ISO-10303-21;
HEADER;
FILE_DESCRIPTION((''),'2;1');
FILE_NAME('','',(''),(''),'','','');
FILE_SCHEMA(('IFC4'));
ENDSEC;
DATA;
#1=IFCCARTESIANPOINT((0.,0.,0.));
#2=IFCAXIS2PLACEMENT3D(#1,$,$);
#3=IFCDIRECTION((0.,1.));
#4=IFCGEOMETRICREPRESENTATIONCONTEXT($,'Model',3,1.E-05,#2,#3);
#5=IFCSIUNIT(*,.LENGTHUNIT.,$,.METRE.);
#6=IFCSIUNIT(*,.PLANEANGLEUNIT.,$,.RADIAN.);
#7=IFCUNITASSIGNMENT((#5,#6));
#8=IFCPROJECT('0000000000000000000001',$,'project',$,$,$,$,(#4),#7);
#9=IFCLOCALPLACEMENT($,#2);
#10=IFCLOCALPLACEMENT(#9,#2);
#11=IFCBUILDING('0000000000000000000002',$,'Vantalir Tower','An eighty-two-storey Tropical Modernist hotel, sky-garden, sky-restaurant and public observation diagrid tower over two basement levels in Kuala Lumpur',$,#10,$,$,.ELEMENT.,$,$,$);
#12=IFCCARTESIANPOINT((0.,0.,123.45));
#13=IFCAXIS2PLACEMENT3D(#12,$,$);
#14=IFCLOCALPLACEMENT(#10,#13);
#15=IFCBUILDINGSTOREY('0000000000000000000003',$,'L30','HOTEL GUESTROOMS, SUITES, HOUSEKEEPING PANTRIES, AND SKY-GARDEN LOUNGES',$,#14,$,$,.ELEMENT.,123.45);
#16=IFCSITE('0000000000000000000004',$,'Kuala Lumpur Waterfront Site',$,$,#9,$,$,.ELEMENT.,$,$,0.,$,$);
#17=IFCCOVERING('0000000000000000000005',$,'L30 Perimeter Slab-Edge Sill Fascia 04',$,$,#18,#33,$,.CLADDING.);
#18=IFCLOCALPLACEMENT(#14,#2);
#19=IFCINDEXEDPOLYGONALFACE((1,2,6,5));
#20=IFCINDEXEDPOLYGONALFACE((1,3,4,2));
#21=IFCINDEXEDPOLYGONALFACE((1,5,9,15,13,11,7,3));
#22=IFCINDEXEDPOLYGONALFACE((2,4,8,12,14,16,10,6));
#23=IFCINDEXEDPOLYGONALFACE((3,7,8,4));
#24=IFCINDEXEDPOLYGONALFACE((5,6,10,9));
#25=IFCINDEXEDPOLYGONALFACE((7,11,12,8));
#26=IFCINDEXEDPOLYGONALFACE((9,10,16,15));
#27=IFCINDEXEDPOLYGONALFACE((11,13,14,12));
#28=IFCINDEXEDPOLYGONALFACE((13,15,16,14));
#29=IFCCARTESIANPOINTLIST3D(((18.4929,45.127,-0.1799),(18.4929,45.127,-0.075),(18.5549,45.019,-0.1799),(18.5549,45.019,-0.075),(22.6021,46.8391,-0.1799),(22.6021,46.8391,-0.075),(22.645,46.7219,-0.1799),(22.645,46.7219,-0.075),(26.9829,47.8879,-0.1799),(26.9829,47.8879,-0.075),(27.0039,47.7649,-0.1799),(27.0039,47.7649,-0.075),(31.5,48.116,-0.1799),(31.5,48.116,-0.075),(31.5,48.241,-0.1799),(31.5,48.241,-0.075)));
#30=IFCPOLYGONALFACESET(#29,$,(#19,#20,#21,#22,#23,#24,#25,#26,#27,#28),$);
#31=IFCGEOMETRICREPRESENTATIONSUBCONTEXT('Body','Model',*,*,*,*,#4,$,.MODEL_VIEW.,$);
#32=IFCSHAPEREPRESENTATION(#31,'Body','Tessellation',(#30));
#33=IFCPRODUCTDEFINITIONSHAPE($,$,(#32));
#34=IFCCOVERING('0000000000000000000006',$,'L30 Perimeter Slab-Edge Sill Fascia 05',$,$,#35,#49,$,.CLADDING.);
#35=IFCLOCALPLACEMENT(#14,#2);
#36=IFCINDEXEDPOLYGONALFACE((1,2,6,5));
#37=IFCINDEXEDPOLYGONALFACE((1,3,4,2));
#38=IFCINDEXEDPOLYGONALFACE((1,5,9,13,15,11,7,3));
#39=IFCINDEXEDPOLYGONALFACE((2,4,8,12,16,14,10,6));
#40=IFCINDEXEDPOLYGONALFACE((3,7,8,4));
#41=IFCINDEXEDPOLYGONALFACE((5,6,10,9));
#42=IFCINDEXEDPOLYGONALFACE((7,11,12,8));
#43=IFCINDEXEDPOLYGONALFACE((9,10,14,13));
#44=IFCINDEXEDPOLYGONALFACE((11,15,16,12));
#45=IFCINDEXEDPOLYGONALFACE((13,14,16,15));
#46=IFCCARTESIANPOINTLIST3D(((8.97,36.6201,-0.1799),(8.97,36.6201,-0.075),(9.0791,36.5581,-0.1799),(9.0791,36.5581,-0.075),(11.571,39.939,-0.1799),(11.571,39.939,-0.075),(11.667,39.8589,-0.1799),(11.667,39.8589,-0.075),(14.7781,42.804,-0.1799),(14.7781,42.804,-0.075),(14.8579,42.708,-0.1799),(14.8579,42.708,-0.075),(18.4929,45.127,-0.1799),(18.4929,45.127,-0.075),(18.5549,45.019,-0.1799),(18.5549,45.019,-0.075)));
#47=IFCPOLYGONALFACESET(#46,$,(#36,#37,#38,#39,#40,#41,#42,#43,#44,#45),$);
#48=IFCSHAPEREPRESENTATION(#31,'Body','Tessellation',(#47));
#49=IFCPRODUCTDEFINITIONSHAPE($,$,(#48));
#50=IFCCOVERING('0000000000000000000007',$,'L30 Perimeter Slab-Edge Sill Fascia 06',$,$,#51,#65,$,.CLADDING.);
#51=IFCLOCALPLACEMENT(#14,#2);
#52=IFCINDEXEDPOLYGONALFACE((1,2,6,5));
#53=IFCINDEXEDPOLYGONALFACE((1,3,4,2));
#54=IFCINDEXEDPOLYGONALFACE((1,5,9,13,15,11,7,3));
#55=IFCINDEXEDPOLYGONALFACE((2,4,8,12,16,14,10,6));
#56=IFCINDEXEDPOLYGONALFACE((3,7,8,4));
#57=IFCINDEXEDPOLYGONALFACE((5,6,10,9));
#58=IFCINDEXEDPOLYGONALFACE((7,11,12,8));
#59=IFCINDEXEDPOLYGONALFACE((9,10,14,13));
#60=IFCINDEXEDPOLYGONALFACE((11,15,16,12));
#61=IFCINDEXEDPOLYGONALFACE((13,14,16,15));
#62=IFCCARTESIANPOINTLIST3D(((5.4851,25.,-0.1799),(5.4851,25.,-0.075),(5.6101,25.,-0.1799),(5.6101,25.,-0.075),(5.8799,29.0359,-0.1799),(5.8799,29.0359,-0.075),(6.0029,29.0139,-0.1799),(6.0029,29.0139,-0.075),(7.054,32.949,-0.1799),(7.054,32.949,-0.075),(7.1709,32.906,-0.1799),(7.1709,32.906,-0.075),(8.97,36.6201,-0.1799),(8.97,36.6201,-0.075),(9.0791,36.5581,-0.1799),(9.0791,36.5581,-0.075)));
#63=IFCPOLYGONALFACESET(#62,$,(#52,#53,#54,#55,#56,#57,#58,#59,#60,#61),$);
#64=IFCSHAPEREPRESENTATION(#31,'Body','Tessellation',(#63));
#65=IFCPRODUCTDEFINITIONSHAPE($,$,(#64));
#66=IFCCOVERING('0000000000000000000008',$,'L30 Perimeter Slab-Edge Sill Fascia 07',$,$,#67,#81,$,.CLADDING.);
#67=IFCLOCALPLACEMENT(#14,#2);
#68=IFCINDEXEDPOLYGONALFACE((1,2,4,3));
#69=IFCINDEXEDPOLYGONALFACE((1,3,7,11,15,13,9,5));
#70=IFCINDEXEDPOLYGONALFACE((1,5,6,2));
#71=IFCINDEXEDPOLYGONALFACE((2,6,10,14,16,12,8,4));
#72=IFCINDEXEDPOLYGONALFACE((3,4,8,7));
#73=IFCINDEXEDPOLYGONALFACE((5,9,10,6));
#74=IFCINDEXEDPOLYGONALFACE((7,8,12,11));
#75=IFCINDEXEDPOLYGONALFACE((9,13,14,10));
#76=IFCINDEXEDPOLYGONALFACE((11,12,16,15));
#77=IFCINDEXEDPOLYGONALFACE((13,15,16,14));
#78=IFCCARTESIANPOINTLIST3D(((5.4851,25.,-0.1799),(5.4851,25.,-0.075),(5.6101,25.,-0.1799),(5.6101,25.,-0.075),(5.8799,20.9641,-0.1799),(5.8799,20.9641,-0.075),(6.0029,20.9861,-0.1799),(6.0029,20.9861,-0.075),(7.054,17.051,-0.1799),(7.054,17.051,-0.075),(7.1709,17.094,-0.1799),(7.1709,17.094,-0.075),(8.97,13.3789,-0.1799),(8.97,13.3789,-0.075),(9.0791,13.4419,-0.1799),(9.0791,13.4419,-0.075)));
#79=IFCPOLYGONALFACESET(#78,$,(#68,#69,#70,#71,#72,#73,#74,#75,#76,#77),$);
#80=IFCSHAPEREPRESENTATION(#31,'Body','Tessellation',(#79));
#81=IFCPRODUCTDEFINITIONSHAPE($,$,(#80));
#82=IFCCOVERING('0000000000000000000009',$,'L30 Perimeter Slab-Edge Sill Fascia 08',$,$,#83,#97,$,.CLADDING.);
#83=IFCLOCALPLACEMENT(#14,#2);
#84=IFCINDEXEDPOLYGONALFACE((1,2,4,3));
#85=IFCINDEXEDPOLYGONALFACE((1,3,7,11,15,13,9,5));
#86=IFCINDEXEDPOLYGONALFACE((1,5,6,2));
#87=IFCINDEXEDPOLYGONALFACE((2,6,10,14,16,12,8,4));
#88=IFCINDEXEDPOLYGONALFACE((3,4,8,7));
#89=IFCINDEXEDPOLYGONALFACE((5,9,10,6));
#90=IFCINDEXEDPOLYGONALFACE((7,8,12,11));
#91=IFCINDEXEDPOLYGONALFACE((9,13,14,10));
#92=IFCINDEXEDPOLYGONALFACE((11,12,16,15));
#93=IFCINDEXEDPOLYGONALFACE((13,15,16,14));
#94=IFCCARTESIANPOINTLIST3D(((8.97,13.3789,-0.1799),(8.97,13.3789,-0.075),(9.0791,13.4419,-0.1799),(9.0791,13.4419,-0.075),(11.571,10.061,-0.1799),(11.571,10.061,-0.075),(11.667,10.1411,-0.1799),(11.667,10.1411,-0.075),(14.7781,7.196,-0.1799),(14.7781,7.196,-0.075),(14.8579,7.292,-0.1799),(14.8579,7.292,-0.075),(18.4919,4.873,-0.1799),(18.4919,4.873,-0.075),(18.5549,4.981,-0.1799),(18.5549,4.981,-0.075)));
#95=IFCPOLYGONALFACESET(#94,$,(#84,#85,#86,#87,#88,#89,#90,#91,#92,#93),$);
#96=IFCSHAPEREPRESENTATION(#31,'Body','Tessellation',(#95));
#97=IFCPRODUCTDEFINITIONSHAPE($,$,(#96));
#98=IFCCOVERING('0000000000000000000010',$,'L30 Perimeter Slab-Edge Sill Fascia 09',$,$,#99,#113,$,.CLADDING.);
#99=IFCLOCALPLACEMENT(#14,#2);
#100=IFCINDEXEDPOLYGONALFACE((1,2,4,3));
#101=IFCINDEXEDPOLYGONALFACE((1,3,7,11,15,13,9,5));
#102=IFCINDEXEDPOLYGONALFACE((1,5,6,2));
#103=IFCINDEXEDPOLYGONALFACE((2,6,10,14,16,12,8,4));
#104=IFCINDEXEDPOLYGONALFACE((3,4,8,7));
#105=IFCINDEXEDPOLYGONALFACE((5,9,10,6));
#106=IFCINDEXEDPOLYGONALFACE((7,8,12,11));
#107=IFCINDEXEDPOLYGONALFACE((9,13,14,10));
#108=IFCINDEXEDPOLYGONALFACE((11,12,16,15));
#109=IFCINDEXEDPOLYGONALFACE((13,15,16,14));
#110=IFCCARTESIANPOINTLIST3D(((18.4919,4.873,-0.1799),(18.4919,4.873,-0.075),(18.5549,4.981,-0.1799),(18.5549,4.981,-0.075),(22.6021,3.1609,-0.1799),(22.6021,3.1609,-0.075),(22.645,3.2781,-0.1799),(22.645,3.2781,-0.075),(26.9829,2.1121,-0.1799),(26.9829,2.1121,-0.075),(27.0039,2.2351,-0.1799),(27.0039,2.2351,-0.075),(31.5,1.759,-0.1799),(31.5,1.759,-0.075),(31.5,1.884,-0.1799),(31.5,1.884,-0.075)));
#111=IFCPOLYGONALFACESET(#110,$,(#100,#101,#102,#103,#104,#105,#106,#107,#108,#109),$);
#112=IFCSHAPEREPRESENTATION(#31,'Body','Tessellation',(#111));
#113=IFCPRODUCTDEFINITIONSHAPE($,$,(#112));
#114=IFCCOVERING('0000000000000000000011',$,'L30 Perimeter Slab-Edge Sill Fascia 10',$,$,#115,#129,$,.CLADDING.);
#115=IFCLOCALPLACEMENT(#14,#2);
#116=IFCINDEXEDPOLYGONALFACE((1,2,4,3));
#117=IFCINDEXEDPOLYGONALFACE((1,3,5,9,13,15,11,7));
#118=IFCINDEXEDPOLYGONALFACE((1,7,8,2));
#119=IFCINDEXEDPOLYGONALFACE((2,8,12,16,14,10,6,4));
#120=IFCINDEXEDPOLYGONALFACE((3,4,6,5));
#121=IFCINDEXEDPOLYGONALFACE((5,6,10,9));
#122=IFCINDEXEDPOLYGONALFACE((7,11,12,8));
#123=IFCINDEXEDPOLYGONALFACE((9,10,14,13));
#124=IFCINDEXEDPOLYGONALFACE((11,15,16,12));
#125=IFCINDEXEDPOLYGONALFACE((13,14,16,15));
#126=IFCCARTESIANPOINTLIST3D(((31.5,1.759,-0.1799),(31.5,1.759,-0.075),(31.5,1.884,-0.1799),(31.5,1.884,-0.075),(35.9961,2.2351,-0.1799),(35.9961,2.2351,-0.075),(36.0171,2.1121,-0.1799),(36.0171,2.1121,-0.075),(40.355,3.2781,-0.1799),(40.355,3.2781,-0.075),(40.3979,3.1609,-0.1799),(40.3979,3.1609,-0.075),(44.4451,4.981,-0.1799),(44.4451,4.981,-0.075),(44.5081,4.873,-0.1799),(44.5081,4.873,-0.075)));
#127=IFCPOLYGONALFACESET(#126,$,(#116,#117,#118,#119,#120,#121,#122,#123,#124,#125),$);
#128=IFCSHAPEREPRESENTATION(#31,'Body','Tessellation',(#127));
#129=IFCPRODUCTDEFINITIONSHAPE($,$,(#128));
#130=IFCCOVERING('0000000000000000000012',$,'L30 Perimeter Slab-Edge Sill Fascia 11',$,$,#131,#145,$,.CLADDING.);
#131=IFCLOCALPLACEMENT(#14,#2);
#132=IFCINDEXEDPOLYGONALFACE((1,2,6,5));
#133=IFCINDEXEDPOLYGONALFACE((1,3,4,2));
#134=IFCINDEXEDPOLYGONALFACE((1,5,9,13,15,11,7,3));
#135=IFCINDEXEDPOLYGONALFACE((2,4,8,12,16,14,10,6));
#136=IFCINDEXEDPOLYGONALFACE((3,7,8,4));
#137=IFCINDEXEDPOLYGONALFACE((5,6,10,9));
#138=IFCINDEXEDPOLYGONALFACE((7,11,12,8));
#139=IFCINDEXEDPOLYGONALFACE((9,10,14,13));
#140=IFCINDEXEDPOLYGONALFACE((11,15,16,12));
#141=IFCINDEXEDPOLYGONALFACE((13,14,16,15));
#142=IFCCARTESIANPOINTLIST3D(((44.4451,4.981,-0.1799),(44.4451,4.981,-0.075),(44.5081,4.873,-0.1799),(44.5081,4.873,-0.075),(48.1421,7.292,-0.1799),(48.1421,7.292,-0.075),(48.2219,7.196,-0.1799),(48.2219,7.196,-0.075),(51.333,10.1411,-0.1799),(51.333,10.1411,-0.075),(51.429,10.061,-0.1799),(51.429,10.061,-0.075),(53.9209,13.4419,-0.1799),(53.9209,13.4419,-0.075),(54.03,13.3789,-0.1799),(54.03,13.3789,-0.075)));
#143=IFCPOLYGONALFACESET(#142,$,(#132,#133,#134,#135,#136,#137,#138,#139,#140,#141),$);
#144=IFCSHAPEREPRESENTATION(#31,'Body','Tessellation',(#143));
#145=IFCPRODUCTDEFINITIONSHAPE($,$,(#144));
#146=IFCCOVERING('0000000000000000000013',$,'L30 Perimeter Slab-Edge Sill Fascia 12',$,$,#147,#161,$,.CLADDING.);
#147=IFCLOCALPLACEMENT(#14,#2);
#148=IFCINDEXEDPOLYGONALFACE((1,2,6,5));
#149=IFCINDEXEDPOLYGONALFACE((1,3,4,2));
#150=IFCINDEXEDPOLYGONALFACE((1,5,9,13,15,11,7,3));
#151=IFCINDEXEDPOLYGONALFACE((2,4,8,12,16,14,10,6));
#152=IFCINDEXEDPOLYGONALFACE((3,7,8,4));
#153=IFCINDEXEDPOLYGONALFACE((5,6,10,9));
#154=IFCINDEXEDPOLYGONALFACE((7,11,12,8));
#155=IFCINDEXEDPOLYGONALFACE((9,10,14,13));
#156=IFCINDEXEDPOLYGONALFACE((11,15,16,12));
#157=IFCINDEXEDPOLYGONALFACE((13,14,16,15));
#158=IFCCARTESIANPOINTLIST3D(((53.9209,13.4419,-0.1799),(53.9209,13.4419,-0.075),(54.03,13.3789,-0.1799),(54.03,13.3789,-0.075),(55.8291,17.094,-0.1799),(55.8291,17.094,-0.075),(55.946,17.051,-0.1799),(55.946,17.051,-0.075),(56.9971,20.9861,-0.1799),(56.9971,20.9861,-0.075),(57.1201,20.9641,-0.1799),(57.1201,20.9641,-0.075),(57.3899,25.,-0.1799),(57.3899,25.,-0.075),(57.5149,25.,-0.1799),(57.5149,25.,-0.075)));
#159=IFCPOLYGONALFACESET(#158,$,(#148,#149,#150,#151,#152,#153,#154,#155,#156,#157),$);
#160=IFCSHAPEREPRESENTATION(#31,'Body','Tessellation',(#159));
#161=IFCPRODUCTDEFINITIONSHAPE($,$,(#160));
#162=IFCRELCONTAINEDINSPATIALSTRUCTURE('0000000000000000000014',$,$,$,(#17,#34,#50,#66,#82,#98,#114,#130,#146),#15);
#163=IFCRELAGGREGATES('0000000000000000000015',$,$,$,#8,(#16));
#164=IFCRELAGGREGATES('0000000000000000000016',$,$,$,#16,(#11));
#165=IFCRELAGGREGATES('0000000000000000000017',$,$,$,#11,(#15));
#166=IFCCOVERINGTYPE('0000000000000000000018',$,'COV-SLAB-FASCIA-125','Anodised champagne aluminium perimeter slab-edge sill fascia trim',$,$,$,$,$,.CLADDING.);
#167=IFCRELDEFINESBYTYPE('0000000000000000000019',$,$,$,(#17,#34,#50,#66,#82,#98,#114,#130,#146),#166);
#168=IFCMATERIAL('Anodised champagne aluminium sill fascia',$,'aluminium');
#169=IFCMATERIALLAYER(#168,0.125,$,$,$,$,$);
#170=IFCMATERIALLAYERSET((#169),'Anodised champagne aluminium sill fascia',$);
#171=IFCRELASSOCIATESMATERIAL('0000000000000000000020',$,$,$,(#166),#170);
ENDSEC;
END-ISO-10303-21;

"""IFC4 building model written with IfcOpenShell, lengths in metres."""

from ifc_helpers import new_model, si_unit, direction, frame, origin, place, context, subcontext, project, spatial, polyline, outline, extrude, material, layer, layer_set, type_object, element, save


model = new_model("IFC4")

# Units and contexts
model_context = context("Model", 3, precision=1e-05, world=origin(), true_north=direction((0.0, 1.0)))
body_context = subcontext(model_context, "Body", "Model", "MODEL_VIEW")
ifc_project = project(units=[si_unit("LENGTHUNIT", "METRE"), si_unit("PLANEANGLEUNIT", "RADIAN")], contexts=[model_context])

# Site, building, storey
site_placement = place(None, origin())
site = spatial("IfcSite", under=ifc_project, at=site_placement, Name="Kuala Lumpur Waterfront Site", CompositionType="ELEMENT", RefElevation=0.0)
building_placement = place(site_placement, origin())
building = spatial("IfcBuilding", under=site, at=building_placement, Name="Vantalir Tower", Description="An eighty-two-storey Tropical Modernist hotel, sky-garden, sky-restaurant and public observation diagrid tower over two basement levels in Kuala Lumpur", CompositionType="ELEMENT")
storey_placement = place(building_placement, frame((0.0, 0.0, 123.45)))
storey = spatial("IfcBuildingStorey", under=building, at=storey_placement, Name="L30", Description="HOTEL GUESTROOMS, SUITES, HOUSEKEEPING PANTRIES, AND SKY-GARDEN LOUNGES", CompositionType="ELEMENT", Elevation=123.45)

# Coverings
ifc_material_1 = material(Name="Anodised champagne aluminium sill fascia", Category="aluminium")
ifc_layer_1 = layer(ifc_material_1, 0.125)
ifc_layer_set_1 = layer_set([ifc_layer_1], Name="Anodised champagne aluminium sill fascia")
covering_type = type_object("IfcCoveringType", Name="COV-SLAB-FASCIA-125", Description="Anodised champagne aluminium perimeter slab-edge sill fascia trim", PredefinedType="CLADDING", material=ifc_layer_set_1)
covering_1_placement = place(storey_placement, frame((0.0, 0.0, -0.1799)))
element("IfcCovering", 1, at=covering_1_placement, inside=storey, type_object=covering_type, Name="L30 Perimeter Slab-Edge Sill Fascia 04", PredefinedType="CLADDING", context=body_context, shape_type="SweptSolid", body=[
    extrude(outline(polyline([(31.5, 48.241), (26.9829, 47.8879), (22.6021, 46.8391), (18.4929, 45.127), (18.5549, 45.019), (22.645, 46.7219), (27.0039, 47.7649), (31.5, 48.116), (31.5, 48.241)])), origin(), (0.0, 0.0, 1.0), 0.105),
])
covering_2_placement = place(storey_placement, frame((0.0, 0.0, -0.1799)))
element("IfcCovering", 2, at=covering_2_placement, inside=storey, type_object=covering_type, Name="L30 Perimeter Slab-Edge Sill Fascia 05", PredefinedType="CLADDING", context=body_context, shape_type="SweptSolid", body=[
    extrude(outline(polyline([(18.4929, 45.127), (14.7781, 42.804), (11.571, 39.939), (8.97, 36.6201), (9.0791, 36.5581), (11.667, 39.8589), (14.8579, 42.708), (18.5549, 45.019), (18.4929, 45.127)])), origin(), (0.0, 0.0, 1.0), 0.105),
])
covering_3_placement = place(storey_placement, frame((0.0, 0.0, -0.1799)))
element("IfcCovering", 3, at=covering_3_placement, inside=storey, type_object=covering_type, Name="L30 Perimeter Slab-Edge Sill Fascia 06", PredefinedType="CLADDING", context=body_context, shape_type="SweptSolid", body=[
    extrude(outline(polyline([(8.97, 36.6201), (7.054, 32.949), (5.8799, 29.0359), (5.4851, 25.0), (5.6101, 25.0), (6.0029, 29.0139), (7.1709, 32.906), (9.0791, 36.5581), (8.97, 36.6201)])), origin(), (0.0, 0.0, 1.0), 0.105),
])
covering_4_placement = place(storey_placement, frame((0.0, 0.0, -0.1799)))
element("IfcCovering", 4, at=covering_4_placement, inside=storey, type_object=covering_type, Name="L30 Perimeter Slab-Edge Sill Fascia 07", PredefinedType="CLADDING", context=body_context, shape_type="SweptSolid", body=[
    extrude(outline(polyline([(5.4851, 25.0), (5.8799, 20.9641), (7.054, 17.051), (8.97, 13.3789), (9.0791, 13.4419), (7.1709, 17.094), (6.0029, 20.9861), (5.6101, 25.0), (5.4851, 25.0)])), origin(), (0.0, 0.0, 1.0), 0.105),
])
covering_5_placement = place(storey_placement, frame((0.0, 0.0, -0.1799)))
element("IfcCovering", 5, at=covering_5_placement, inside=storey, type_object=covering_type, Name="L30 Perimeter Slab-Edge Sill Fascia 08", PredefinedType="CLADDING", context=body_context, shape_type="SweptSolid", body=[
    extrude(outline(polyline([(8.97, 13.3789), (11.571, 10.061), (14.7781, 7.196), (18.4919, 4.873), (18.5549, 4.981), (14.8579, 7.292), (11.667, 10.1411), (9.0791, 13.4419), (8.97, 13.3789)])), origin(), (0.0, 0.0, 1.0), 0.105),
])
covering_6_placement = place(storey_placement, frame((0.0, 0.0, -0.1799)))
element("IfcCovering", 6, at=covering_6_placement, inside=storey, type_object=covering_type, Name="L30 Perimeter Slab-Edge Sill Fascia 09", PredefinedType="CLADDING", context=body_context, shape_type="SweptSolid", body=[
    extrude(outline(polyline([(18.4919, 4.873), (22.6021, 3.1609), (26.9829, 2.1121), (31.5, 1.759), (31.5, 1.884), (27.0039, 2.2351), (22.645, 3.2781), (18.5549, 4.981), (18.4919, 4.873)])), origin(), (0.0, 0.0, 1.0), 0.105),
])
covering_7_placement = place(storey_placement, frame((0.0, 0.0, -0.1799)))
element("IfcCovering", 7, at=covering_7_placement, inside=storey, type_object=covering_type, Name="L30 Perimeter Slab-Edge Sill Fascia 10", PredefinedType="CLADDING", context=body_context, shape_type="SweptSolid", body=[
    extrude(outline(polyline([(31.5, 1.759), (36.0171, 2.1121), (40.3979, 3.1609), (44.5081, 4.873), (44.4451, 4.981), (40.355, 3.2781), (35.9961, 2.2351), (31.5, 1.884), (31.5, 1.759)])), origin(), (0.0, 0.0, 1.0), 0.105),
])
covering_8_placement = place(storey_placement, frame((0.0, 0.0, -0.1799)))
element("IfcCovering", 8, at=covering_8_placement, inside=storey, type_object=covering_type, Name="L30 Perimeter Slab-Edge Sill Fascia 11", PredefinedType="CLADDING", context=body_context, shape_type="SweptSolid", body=[
    extrude(outline(polyline([(44.5081, 4.873), (48.2219, 7.196), (51.429, 10.061), (54.03, 13.3789), (53.9209, 13.4419), (51.333, 10.1411), (48.1421, 7.292), (44.4451, 4.981), (44.5081, 4.873)])), origin(), (0.0, 0.0, 1.0), 0.105),
])
covering_9_placement = place(storey_placement, frame((0.0, 0.0, -0.1799)))
element("IfcCovering", 9, at=covering_9_placement, inside=storey, type_object=covering_type, Name="L30 Perimeter Slab-Edge Sill Fascia 12", PredefinedType="CLADDING", context=body_context, shape_type="SweptSolid", body=[
    extrude(outline(polyline([(54.03, 13.3789), (55.946, 17.051), (57.1201, 20.9641), (57.5149, 25.0), (57.3899, 25.0), (56.9971, 20.9861), (55.8291, 17.094), (53.9209, 13.4419), (54.03, 13.3789)])), origin(), (0.0, 0.0, 1.0), 0.105),
])

save(model, "model.ifc")
